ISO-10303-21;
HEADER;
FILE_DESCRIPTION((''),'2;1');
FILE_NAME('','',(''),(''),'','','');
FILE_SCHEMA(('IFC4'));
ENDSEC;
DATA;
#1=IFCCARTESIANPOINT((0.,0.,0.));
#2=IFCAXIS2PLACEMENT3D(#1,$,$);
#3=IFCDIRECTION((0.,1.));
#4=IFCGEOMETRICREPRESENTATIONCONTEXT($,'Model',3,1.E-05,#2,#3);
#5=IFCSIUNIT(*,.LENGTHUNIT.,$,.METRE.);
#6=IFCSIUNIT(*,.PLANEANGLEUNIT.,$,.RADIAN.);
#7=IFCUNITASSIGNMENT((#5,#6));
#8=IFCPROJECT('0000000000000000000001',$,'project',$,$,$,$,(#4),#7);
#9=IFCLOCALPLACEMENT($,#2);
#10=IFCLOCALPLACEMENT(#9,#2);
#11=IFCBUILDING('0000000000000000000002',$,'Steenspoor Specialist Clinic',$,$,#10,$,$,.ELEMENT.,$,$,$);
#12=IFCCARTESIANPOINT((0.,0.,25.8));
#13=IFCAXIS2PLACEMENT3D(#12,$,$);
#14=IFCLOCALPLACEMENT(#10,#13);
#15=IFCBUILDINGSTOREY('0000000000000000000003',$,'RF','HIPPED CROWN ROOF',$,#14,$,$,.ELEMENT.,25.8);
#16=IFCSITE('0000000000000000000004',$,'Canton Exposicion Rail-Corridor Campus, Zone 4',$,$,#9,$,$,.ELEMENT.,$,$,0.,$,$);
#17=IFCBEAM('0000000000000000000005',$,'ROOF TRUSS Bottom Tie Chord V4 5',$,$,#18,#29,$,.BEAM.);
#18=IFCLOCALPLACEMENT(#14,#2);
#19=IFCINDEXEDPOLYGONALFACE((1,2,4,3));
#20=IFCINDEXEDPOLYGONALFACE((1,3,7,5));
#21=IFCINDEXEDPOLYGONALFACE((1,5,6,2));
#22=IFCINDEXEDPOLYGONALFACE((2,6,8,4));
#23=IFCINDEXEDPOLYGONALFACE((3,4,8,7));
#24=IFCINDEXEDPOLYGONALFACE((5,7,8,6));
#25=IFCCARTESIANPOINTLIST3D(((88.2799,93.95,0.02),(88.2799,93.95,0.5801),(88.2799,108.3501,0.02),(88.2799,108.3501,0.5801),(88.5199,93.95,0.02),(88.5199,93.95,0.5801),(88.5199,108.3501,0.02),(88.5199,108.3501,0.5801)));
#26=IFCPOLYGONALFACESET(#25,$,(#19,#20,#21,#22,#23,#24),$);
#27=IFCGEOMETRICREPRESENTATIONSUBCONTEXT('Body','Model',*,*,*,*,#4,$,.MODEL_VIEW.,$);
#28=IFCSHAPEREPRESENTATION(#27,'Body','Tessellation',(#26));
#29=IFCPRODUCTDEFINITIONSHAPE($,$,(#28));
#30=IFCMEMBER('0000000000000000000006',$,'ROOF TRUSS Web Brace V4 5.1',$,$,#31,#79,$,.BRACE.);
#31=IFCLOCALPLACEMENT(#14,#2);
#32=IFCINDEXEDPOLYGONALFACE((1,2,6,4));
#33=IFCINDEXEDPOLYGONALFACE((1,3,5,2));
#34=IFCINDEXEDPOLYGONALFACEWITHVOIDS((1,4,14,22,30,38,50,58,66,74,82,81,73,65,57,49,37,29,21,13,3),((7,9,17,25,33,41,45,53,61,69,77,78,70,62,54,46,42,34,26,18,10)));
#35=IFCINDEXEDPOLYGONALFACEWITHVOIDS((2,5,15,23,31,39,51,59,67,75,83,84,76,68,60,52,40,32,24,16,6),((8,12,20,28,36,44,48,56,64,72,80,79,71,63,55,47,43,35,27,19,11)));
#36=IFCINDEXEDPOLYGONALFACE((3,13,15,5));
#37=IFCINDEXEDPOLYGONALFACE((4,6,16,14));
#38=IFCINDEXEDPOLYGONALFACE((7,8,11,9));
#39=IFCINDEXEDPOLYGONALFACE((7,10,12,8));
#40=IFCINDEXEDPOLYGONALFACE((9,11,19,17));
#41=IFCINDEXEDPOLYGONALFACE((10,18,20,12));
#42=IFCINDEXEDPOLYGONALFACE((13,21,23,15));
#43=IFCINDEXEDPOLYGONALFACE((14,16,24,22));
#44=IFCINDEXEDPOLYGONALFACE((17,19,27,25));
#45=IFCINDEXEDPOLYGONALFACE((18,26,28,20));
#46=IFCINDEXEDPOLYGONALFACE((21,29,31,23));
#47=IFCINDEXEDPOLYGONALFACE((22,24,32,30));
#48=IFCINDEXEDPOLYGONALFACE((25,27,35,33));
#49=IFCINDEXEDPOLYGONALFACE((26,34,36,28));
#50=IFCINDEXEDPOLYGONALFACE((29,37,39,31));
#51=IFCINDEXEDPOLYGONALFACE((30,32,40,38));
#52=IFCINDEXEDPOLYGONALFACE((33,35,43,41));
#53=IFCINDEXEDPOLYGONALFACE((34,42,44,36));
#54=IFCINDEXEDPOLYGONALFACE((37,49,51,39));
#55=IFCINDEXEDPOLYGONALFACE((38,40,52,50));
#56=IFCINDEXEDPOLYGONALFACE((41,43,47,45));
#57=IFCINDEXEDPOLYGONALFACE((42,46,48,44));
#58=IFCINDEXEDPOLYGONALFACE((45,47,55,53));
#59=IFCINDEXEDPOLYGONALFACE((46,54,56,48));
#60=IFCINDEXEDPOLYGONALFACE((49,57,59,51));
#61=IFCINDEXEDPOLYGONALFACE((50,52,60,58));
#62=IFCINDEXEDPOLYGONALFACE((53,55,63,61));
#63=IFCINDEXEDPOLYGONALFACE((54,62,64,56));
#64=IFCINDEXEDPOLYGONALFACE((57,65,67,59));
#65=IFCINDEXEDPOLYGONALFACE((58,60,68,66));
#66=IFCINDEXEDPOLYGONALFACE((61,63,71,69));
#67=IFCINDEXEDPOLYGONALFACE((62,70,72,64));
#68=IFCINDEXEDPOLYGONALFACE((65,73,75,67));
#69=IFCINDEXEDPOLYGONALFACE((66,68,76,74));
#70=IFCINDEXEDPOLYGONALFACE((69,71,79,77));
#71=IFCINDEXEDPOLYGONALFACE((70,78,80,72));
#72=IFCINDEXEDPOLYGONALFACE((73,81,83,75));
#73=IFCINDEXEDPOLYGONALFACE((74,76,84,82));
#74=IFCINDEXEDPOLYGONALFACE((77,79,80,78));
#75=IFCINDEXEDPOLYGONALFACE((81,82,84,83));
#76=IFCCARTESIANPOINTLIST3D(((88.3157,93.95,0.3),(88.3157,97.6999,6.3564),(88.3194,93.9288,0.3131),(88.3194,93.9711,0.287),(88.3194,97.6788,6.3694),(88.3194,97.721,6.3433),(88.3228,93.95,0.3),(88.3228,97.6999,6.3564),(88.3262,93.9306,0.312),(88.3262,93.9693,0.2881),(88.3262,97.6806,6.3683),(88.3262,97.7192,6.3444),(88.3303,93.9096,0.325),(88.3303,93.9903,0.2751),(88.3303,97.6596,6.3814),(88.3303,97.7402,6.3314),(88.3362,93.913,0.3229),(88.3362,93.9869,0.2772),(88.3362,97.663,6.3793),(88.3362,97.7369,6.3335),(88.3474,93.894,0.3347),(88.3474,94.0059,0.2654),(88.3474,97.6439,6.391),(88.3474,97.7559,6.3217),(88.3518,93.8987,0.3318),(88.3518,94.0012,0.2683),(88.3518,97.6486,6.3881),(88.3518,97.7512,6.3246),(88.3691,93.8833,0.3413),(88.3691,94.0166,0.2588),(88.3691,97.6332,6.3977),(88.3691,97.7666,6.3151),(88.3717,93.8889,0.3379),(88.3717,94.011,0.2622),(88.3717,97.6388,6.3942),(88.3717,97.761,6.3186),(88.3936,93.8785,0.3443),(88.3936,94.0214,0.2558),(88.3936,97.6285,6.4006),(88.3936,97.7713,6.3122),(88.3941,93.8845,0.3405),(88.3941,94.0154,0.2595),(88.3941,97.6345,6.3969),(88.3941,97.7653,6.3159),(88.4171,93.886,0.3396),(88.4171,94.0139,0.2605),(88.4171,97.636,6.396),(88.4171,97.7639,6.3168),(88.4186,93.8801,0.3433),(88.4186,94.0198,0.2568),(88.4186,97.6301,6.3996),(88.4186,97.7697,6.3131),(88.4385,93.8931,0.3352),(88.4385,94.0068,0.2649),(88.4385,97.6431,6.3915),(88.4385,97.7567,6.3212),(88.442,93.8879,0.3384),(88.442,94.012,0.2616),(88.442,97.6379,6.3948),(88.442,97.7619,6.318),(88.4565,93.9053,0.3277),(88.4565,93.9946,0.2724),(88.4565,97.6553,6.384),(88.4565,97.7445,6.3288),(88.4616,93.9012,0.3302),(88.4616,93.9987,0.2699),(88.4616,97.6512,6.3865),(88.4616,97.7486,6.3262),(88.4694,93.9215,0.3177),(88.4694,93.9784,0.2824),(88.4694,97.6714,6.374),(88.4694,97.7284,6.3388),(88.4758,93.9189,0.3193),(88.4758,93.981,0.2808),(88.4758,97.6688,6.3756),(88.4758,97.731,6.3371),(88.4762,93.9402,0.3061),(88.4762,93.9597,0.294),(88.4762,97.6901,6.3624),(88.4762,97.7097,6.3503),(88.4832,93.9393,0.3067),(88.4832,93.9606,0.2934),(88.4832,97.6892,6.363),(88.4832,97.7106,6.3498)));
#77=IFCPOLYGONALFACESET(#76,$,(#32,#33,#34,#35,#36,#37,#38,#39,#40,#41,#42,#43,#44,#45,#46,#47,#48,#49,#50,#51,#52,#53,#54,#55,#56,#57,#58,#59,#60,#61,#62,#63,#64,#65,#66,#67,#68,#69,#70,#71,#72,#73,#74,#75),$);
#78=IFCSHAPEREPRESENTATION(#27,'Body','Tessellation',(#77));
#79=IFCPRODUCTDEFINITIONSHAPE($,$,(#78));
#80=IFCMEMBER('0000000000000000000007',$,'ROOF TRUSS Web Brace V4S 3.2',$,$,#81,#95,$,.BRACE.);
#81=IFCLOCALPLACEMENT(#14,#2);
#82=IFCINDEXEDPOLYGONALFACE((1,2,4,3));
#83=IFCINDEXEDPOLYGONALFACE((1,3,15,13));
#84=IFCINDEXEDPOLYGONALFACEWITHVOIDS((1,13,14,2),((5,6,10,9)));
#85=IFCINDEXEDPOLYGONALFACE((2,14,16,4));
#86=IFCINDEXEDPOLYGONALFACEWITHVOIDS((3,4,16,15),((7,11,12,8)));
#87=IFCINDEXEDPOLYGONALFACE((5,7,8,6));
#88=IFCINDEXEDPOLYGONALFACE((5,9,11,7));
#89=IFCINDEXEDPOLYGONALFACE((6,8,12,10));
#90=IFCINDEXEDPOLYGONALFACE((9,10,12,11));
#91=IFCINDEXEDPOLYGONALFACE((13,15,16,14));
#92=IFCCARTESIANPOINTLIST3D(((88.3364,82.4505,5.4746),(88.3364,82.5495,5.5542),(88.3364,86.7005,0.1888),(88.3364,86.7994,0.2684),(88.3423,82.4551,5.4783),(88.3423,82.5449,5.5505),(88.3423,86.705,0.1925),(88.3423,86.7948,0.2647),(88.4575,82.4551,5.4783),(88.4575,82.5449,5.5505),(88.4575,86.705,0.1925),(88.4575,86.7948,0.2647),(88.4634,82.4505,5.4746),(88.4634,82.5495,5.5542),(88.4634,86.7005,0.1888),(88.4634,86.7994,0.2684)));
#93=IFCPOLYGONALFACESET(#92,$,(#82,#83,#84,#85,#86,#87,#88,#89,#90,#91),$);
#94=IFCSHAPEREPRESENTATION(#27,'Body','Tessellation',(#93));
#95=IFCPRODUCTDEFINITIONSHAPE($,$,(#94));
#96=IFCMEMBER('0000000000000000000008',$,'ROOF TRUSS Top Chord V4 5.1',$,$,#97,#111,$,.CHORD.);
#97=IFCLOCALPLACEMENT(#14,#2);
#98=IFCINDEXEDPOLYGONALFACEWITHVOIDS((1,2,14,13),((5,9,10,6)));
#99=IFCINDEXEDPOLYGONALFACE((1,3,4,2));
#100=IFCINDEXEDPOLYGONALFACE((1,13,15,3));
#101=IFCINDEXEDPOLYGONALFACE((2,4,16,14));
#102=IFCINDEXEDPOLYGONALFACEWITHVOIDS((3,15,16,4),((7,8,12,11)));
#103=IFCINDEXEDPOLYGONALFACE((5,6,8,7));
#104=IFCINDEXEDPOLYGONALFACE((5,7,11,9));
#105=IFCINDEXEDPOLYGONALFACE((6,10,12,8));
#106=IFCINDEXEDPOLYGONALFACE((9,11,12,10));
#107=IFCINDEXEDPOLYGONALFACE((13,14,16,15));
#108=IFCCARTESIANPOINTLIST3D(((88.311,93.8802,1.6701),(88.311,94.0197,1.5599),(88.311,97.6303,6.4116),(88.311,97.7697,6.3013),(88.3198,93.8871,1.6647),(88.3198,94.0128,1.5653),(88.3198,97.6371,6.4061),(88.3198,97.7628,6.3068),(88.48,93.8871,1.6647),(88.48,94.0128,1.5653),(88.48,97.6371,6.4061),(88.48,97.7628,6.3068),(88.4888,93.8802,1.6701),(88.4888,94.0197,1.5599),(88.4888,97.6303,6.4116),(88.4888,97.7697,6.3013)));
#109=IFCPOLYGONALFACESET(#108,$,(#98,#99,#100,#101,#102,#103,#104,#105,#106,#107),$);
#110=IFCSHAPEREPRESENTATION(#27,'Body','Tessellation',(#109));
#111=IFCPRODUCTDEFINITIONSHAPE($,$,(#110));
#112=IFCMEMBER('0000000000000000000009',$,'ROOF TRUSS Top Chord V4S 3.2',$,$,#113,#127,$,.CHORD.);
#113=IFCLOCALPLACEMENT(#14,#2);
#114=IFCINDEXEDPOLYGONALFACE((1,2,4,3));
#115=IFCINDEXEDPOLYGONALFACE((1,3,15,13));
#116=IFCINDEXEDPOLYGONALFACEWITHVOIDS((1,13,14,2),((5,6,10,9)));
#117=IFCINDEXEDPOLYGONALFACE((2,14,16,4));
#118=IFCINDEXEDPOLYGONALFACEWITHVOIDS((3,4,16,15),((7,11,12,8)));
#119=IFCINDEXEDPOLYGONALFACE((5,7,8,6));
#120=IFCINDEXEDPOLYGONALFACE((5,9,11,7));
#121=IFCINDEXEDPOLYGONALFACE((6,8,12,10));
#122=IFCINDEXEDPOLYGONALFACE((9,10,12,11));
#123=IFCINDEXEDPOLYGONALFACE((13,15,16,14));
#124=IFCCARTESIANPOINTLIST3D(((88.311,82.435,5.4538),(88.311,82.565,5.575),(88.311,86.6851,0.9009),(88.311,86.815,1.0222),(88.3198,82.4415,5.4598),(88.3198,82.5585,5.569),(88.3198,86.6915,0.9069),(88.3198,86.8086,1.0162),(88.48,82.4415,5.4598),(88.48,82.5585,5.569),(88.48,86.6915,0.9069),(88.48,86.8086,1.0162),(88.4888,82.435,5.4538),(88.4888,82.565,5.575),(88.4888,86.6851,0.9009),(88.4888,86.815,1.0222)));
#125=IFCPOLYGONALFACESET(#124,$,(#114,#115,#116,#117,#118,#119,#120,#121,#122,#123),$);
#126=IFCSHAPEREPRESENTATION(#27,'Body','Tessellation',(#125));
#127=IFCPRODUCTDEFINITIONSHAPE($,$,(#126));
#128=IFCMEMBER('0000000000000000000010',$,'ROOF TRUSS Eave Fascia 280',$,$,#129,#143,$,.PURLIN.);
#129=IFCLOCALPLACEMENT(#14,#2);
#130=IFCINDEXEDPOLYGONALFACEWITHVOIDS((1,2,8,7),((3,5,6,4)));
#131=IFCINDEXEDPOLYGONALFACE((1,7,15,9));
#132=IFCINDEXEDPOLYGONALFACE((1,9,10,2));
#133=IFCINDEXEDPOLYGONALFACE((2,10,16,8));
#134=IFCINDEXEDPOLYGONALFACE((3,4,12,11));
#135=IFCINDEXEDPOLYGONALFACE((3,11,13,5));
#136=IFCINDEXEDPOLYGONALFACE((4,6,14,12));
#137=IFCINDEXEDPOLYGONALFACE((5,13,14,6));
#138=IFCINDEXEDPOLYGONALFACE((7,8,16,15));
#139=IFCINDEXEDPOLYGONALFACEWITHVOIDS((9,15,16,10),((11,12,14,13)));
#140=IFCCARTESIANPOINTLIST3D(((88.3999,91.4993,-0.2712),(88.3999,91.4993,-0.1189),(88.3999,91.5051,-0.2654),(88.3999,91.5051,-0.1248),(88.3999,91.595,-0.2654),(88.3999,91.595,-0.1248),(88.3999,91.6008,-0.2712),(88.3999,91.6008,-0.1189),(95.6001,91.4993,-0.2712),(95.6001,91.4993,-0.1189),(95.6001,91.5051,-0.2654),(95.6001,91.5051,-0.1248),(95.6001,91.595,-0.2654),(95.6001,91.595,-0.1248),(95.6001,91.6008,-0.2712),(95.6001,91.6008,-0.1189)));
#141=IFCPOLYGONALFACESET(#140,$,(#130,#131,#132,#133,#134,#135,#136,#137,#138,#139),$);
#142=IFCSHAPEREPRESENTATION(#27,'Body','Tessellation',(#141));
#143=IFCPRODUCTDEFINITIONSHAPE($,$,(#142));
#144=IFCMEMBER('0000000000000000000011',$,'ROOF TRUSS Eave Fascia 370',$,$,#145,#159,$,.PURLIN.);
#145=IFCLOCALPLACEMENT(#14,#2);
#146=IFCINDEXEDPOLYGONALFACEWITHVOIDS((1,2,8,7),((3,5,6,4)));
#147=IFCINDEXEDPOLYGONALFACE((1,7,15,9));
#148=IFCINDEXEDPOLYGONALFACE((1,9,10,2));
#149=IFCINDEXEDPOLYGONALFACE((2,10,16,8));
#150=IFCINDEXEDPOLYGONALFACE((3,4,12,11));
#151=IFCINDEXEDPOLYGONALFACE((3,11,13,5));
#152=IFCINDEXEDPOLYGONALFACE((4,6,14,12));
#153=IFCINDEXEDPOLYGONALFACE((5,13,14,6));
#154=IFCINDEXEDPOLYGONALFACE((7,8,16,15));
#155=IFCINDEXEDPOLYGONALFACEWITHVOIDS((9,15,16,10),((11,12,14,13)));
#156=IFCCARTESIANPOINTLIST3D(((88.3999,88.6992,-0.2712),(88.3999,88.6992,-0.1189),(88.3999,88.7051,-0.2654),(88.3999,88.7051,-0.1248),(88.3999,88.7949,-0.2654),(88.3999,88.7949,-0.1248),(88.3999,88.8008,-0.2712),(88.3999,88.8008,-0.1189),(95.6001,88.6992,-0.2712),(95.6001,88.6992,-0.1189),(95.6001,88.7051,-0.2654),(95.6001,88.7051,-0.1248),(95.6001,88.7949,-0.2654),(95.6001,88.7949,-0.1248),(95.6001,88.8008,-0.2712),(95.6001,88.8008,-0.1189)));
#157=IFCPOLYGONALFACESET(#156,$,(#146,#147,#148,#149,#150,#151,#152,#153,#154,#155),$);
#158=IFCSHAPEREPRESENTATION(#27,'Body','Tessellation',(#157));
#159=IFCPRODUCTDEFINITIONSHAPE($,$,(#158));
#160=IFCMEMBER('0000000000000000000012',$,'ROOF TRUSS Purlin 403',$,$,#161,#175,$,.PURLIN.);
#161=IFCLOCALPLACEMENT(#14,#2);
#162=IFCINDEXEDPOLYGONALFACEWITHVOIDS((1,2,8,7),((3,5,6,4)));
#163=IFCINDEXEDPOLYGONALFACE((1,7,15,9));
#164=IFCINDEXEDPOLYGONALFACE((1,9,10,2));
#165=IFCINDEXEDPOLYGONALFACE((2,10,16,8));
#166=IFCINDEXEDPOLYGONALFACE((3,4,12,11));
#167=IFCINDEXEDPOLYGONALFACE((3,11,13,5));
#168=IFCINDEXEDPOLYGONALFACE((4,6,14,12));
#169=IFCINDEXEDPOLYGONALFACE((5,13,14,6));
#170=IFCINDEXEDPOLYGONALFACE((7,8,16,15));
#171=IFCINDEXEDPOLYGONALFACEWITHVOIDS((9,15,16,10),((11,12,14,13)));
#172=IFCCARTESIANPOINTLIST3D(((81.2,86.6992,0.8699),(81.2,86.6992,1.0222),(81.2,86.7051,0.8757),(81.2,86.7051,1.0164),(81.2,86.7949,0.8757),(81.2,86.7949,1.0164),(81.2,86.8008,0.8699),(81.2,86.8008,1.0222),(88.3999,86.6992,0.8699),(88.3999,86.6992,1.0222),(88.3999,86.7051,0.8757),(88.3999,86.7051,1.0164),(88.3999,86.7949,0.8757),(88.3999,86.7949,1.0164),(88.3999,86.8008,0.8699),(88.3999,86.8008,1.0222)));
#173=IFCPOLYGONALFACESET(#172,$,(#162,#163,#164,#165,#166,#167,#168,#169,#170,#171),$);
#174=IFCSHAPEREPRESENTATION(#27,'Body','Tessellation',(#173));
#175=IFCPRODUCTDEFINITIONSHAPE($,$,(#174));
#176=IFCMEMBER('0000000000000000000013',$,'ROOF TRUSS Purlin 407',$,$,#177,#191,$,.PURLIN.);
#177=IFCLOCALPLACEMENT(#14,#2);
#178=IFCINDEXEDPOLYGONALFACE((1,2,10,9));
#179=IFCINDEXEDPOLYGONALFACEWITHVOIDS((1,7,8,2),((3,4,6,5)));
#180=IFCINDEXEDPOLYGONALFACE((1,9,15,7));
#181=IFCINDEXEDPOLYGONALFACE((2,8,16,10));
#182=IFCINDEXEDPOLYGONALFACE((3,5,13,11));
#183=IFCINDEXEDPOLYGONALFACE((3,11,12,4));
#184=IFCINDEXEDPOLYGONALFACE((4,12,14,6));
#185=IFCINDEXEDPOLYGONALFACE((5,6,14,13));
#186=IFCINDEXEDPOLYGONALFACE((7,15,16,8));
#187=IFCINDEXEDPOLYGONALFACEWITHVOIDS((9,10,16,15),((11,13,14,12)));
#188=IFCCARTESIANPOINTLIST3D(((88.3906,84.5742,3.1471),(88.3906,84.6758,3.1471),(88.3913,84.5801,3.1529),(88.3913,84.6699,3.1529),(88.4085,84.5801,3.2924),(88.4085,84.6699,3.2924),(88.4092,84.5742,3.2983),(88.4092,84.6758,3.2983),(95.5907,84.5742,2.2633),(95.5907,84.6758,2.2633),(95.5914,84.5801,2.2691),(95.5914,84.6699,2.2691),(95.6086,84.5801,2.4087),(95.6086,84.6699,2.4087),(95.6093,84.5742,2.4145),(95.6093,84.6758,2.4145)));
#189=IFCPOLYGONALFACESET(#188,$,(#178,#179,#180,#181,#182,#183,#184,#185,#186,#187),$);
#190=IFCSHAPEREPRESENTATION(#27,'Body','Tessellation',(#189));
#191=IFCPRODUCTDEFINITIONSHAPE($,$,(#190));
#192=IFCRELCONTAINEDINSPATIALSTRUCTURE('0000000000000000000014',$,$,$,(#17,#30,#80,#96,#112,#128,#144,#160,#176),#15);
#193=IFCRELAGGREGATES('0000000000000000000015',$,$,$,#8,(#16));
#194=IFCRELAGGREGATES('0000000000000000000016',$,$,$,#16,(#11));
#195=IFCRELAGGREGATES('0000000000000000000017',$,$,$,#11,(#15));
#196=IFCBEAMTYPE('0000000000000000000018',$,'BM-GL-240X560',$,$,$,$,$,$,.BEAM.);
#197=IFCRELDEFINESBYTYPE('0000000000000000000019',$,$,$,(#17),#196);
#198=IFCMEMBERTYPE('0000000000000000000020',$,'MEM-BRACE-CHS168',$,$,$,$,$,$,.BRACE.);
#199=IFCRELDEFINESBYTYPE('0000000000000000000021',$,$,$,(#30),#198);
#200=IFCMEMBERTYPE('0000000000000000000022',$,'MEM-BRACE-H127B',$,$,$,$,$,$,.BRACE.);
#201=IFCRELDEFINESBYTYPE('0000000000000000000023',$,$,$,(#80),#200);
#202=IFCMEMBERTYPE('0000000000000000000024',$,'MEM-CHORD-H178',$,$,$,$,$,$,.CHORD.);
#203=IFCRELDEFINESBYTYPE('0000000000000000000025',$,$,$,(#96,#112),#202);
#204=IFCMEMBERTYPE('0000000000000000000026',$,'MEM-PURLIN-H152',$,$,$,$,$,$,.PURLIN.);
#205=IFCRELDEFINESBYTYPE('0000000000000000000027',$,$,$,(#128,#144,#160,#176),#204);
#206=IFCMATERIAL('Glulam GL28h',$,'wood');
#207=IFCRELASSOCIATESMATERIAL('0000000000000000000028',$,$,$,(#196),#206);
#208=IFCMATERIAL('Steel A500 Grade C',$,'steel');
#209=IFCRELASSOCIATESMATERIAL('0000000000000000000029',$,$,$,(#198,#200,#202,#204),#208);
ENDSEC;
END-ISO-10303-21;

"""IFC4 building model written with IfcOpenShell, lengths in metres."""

from ifc_helpers import new_model, si_unit, direction, frame, origin, origin_2d, place, context, subcontext, project, spatial, rectangle, hollow_rectangle, hollow_circle, extrude, material, material_profile, profile_set, type_object, element, save


model = new_model("IFC4")

# Units and contexts
model_context = context("Model", 3, precision=1e-05, world=origin(), true_north=direction((0.0, 1.0)))
body_context = subcontext(model_context, "Body", "Model", "MODEL_VIEW")
ifc_project = project(units=[si_unit("LENGTHUNIT", "METRE"), si_unit("PLANEANGLEUNIT", "RADIAN")], contexts=[model_context])

# Site, building, storey
site_placement = place(None, origin())
site = spatial("IfcSite", under=ifc_project, at=site_placement, Name="Canton Exposicion Rail-Corridor Campus, Zone 4", CompositionType="ELEMENT", RefElevation=0.0)
building_placement = place(site_placement, origin())
building = spatial("IfcBuilding", under=site, at=building_placement, Name="Steenspoor Specialist Clinic", CompositionType="ELEMENT")
storey_placement = place(building_placement, frame((0.0, 0.0, 25.8)))
storey = spatial("IfcBuildingStorey", under=building, at=storey_placement, Name="RF", Description="HIPPED CROWN ROOF", CompositionType="ELEMENT", Elevation=25.8)

# Beam
ifc_material_1 = material(Name="Glulam GL28h", Category="wood")
ifc_material_profile_1 = material_profile(ifc_material_1, rectangle(XDim=0.24, YDim=0.5601, at=origin_2d()), Name="GL28H-240X560")
ifc_profile_set_1 = profile_set([ifc_material_profile_1], Name="Glulam GL28h")
beam_type = type_object("IfcBeamType", Name="BM-GL-240X560", PredefinedType="BEAM", material=ifc_profile_set_1)
beam_placement = place(storey_placement, frame((88.3999, 93.95, 0.3), z_axis=(0.0, 1.0, 0.0), x_axis=(-1.0, 0.0, 0.0)))
element("IfcBeam", 1, at=beam_placement, inside=storey, type_object=beam_type, Name="ROOF TRUSS Bottom Tie Chord V4 5", PredefinedType="BEAM", context=body_context, shape_type="SweptSolid", body=[
    extrude(rectangle(XDim=0.24, YDim=0.5601, at=origin_2d()), origin(), (0.0, 0.0, 1.0), 14.4001),
])

# Members
ifc_material_2 = material(Name="Steel A500 Grade C", Category="steel")
ifc_material_profile_2 = material_profile(ifc_material_2, hollow_circle(Radius=0.0842, WallThickness=0.0071, at=origin_2d()), Name="CHS168X7.1")
ifc_profile_set_2 = profile_set([ifc_material_profile_2], Name="Steel A500 Grade C")
member_type_1 = type_object("IfcMemberType", Name="MEM-BRACE-CHS168", PredefinedType="BRACE", material=ifc_profile_set_2)
member_1_placement = place(storey_placement, frame((88.3999, 93.95, 0.3), z_axis=(0.0, 0.526436, 0.850215), x_axis=(-1.0, 0.0, 0.0)))
element("IfcMember", 2, at=member_1_placement, inside=storey, type_object=member_type_1, Name="ROOF TRUSS Web Brace V4 5.1", PredefinedType="BRACE", context=body_context, shape_type="SweptSolid", body=[
    extrude(hollow_circle(Radius=0.0842, WallThickness=0.0071, at=origin_2d()), origin(), (0.0, 0.0, 1.0), 7.1233),
])
ifc_material_profile_3 = material_profile(ifc_material_2, hollow_rectangle(XDim=0.127, YDim=0.127, WallThickness=0.0059, at=origin_2d()), Name="HSS127X127X6.4")
ifc_profile_set_3 = profile_set([ifc_material_profile_3], Name="Steel A500 Grade C")
member_type_2 = type_object("IfcMemberType", Name="MEM-BRACE-H127B", PredefinedType="BRACE", material=ifc_profile_set_3)
member_2_placement = place(storey_placement, frame((88.3999, 82.5, 5.5144), z_axis=(0.0, 0.626607, -0.779335), x_axis=(-1.0, 0.0, 0.0)))
element("IfcMember", 3, at=member_2_placement, inside=storey, type_object=member_type_2, Name="ROOF TRUSS Web Brace V4S 3.2", PredefinedType="BRACE", context=body_context, shape_type="SweptSolid", body=[
    extrude(hollow_rectangle(XDim=0.127, YDim=0.127, WallThickness=0.0059, at=origin_2d()), origin(), (0.0, 0.0, 1.0), 6.7825),
])
ifc_material_profile_4 = material_profile(ifc_material_2, hollow_rectangle(XDim=0.1777, YDim=0.1777, WallThickness=0.0088, at=origin_2d()), Name="HSS178X178X9.5")
ifc_profile_set_4 = profile_set([ifc_material_profile_4], Name="Steel A500 Grade C")
member_type_3 = type_object("IfcMemberType", Name="MEM-CHORD-H178", PredefinedType="CHORD", material=ifc_profile_set_4)
member_3_placement = place(storey_placement, frame((88.3999, 93.95, 1.615), z_axis=(0.0, 0.620332, 0.78434), x_axis=(-1.0, 0.0, 0.0)))
element("IfcMember", 4, at=member_3_placement, inside=storey, type_object=member_type_3, Name="ROOF TRUSS Top Chord V4 5.1", PredefinedType="CHORD", context=body_context, shape_type="SweptSolid", body=[
    extrude(hollow_rectangle(XDim=0.1777, YDim=0.1777, WallThickness=0.0088, at=origin_2d()), origin(), (0.0, 0.0, 1.0), 6.0452),
])
member_4_placement = place(storey_placement, frame((88.3999, 82.5, 5.5144), z_axis=(0.0, 0.682385, -0.730993), x_axis=(-1.0, 0.0, 0.0)))
element("IfcMember", 5, at=member_4_placement, inside=storey, type_object=member_type_3, Name="ROOF TRUSS Top Chord V4S 3.2", PredefinedType="CHORD", context=body_context, shape_type="SweptSolid", body=[
    extrude(hollow_rectangle(XDim=0.1777, YDim=0.1777, WallThickness=0.0088, at=origin_2d()), origin(), (0.0, 0.0, 1.0), 6.2283),
])
ifc_material_profile_5 = material_profile(ifc_material_2, hollow_rectangle(XDim=0.1016, YDim=0.1523, WallThickness=0.0059, at=origin_2d()), Name="HSS152X102X6.4")
ifc_profile_set_5 = profile_set([ifc_material_profile_5], Name="Steel A500 Grade C")
member_type_4 = type_object("IfcMemberType", Name="MEM-PURLIN-H152", PredefinedType="PURLIN", material=ifc_profile_set_5)
for number, where, z_axis, x_axis, name in (
    (6, (88.3999, 91.55, -0.1951), (1.0, 0.0, 0.0), (0.0, 1.0, 0.0), "ROOF TRUSS Eave Fascia 280"),
    (7, (88.3999, 88.75, -0.1951), (1.0, 0.0, 0.0), (0.0, 1.0, 0.0), "ROOF TRUSS Eave Fascia 370"),
):
    element("IfcMember", number, at=place(storey_placement, frame(where, z_axis=z_axis, x_axis=x_axis)), inside=storey, type_object=member_type_4, Name=name, PredefinedType="PURLIN", context=body_context, shape_type="SweptSolid", body=[
        extrude(hollow_rectangle(XDim=0.1016, YDim=0.1523, WallThickness=0.0059, at=origin_2d()), origin(), (0.0, 0.0, 1.0), 7.2002),
    ])
member_5_placement = place(storey_placement, frame((81.2, 86.75, 0.946), z_axis=(1.0, 0.0, 0.0), x_axis=(0.0, 1.0, 0.0)))
element("IfcMember", 8, at=member_5_placement, inside=storey, type_object=member_type_4, Name="ROOF TRUSS Purlin 403", PredefinedType="PURLIN", context=body_context, shape_type="SweptSolid", body=[
    extrude(hollow_rectangle(XDim=0.1016, YDim=0.1523, WallThickness=0.0059, at=origin_2d()), origin(), (0.0, 0.0, 1.0), 7.2),
])
member_6_placement = place(storey_placement, frame((88.3999, 84.625, 3.2227), z_axis=(0.992551, 0.0, -0.121831), x_axis=(0.0, 1.0, 0.0)))
element("IfcMember", 9, at=member_6_placement, inside=storey, type_object=member_type_4, Name="ROOF TRUSS Purlin 407", PredefinedType="PURLIN", context=body_context, shape_type="SweptSolid", body=[
    extrude(hollow_rectangle(XDim=0.1016, YDim=0.1523, WallThickness=0.0059, at=origin_2d()), origin(), (0.0, 0.0, 1.0), 7.2542),
])

save(model, "model.ifc")
